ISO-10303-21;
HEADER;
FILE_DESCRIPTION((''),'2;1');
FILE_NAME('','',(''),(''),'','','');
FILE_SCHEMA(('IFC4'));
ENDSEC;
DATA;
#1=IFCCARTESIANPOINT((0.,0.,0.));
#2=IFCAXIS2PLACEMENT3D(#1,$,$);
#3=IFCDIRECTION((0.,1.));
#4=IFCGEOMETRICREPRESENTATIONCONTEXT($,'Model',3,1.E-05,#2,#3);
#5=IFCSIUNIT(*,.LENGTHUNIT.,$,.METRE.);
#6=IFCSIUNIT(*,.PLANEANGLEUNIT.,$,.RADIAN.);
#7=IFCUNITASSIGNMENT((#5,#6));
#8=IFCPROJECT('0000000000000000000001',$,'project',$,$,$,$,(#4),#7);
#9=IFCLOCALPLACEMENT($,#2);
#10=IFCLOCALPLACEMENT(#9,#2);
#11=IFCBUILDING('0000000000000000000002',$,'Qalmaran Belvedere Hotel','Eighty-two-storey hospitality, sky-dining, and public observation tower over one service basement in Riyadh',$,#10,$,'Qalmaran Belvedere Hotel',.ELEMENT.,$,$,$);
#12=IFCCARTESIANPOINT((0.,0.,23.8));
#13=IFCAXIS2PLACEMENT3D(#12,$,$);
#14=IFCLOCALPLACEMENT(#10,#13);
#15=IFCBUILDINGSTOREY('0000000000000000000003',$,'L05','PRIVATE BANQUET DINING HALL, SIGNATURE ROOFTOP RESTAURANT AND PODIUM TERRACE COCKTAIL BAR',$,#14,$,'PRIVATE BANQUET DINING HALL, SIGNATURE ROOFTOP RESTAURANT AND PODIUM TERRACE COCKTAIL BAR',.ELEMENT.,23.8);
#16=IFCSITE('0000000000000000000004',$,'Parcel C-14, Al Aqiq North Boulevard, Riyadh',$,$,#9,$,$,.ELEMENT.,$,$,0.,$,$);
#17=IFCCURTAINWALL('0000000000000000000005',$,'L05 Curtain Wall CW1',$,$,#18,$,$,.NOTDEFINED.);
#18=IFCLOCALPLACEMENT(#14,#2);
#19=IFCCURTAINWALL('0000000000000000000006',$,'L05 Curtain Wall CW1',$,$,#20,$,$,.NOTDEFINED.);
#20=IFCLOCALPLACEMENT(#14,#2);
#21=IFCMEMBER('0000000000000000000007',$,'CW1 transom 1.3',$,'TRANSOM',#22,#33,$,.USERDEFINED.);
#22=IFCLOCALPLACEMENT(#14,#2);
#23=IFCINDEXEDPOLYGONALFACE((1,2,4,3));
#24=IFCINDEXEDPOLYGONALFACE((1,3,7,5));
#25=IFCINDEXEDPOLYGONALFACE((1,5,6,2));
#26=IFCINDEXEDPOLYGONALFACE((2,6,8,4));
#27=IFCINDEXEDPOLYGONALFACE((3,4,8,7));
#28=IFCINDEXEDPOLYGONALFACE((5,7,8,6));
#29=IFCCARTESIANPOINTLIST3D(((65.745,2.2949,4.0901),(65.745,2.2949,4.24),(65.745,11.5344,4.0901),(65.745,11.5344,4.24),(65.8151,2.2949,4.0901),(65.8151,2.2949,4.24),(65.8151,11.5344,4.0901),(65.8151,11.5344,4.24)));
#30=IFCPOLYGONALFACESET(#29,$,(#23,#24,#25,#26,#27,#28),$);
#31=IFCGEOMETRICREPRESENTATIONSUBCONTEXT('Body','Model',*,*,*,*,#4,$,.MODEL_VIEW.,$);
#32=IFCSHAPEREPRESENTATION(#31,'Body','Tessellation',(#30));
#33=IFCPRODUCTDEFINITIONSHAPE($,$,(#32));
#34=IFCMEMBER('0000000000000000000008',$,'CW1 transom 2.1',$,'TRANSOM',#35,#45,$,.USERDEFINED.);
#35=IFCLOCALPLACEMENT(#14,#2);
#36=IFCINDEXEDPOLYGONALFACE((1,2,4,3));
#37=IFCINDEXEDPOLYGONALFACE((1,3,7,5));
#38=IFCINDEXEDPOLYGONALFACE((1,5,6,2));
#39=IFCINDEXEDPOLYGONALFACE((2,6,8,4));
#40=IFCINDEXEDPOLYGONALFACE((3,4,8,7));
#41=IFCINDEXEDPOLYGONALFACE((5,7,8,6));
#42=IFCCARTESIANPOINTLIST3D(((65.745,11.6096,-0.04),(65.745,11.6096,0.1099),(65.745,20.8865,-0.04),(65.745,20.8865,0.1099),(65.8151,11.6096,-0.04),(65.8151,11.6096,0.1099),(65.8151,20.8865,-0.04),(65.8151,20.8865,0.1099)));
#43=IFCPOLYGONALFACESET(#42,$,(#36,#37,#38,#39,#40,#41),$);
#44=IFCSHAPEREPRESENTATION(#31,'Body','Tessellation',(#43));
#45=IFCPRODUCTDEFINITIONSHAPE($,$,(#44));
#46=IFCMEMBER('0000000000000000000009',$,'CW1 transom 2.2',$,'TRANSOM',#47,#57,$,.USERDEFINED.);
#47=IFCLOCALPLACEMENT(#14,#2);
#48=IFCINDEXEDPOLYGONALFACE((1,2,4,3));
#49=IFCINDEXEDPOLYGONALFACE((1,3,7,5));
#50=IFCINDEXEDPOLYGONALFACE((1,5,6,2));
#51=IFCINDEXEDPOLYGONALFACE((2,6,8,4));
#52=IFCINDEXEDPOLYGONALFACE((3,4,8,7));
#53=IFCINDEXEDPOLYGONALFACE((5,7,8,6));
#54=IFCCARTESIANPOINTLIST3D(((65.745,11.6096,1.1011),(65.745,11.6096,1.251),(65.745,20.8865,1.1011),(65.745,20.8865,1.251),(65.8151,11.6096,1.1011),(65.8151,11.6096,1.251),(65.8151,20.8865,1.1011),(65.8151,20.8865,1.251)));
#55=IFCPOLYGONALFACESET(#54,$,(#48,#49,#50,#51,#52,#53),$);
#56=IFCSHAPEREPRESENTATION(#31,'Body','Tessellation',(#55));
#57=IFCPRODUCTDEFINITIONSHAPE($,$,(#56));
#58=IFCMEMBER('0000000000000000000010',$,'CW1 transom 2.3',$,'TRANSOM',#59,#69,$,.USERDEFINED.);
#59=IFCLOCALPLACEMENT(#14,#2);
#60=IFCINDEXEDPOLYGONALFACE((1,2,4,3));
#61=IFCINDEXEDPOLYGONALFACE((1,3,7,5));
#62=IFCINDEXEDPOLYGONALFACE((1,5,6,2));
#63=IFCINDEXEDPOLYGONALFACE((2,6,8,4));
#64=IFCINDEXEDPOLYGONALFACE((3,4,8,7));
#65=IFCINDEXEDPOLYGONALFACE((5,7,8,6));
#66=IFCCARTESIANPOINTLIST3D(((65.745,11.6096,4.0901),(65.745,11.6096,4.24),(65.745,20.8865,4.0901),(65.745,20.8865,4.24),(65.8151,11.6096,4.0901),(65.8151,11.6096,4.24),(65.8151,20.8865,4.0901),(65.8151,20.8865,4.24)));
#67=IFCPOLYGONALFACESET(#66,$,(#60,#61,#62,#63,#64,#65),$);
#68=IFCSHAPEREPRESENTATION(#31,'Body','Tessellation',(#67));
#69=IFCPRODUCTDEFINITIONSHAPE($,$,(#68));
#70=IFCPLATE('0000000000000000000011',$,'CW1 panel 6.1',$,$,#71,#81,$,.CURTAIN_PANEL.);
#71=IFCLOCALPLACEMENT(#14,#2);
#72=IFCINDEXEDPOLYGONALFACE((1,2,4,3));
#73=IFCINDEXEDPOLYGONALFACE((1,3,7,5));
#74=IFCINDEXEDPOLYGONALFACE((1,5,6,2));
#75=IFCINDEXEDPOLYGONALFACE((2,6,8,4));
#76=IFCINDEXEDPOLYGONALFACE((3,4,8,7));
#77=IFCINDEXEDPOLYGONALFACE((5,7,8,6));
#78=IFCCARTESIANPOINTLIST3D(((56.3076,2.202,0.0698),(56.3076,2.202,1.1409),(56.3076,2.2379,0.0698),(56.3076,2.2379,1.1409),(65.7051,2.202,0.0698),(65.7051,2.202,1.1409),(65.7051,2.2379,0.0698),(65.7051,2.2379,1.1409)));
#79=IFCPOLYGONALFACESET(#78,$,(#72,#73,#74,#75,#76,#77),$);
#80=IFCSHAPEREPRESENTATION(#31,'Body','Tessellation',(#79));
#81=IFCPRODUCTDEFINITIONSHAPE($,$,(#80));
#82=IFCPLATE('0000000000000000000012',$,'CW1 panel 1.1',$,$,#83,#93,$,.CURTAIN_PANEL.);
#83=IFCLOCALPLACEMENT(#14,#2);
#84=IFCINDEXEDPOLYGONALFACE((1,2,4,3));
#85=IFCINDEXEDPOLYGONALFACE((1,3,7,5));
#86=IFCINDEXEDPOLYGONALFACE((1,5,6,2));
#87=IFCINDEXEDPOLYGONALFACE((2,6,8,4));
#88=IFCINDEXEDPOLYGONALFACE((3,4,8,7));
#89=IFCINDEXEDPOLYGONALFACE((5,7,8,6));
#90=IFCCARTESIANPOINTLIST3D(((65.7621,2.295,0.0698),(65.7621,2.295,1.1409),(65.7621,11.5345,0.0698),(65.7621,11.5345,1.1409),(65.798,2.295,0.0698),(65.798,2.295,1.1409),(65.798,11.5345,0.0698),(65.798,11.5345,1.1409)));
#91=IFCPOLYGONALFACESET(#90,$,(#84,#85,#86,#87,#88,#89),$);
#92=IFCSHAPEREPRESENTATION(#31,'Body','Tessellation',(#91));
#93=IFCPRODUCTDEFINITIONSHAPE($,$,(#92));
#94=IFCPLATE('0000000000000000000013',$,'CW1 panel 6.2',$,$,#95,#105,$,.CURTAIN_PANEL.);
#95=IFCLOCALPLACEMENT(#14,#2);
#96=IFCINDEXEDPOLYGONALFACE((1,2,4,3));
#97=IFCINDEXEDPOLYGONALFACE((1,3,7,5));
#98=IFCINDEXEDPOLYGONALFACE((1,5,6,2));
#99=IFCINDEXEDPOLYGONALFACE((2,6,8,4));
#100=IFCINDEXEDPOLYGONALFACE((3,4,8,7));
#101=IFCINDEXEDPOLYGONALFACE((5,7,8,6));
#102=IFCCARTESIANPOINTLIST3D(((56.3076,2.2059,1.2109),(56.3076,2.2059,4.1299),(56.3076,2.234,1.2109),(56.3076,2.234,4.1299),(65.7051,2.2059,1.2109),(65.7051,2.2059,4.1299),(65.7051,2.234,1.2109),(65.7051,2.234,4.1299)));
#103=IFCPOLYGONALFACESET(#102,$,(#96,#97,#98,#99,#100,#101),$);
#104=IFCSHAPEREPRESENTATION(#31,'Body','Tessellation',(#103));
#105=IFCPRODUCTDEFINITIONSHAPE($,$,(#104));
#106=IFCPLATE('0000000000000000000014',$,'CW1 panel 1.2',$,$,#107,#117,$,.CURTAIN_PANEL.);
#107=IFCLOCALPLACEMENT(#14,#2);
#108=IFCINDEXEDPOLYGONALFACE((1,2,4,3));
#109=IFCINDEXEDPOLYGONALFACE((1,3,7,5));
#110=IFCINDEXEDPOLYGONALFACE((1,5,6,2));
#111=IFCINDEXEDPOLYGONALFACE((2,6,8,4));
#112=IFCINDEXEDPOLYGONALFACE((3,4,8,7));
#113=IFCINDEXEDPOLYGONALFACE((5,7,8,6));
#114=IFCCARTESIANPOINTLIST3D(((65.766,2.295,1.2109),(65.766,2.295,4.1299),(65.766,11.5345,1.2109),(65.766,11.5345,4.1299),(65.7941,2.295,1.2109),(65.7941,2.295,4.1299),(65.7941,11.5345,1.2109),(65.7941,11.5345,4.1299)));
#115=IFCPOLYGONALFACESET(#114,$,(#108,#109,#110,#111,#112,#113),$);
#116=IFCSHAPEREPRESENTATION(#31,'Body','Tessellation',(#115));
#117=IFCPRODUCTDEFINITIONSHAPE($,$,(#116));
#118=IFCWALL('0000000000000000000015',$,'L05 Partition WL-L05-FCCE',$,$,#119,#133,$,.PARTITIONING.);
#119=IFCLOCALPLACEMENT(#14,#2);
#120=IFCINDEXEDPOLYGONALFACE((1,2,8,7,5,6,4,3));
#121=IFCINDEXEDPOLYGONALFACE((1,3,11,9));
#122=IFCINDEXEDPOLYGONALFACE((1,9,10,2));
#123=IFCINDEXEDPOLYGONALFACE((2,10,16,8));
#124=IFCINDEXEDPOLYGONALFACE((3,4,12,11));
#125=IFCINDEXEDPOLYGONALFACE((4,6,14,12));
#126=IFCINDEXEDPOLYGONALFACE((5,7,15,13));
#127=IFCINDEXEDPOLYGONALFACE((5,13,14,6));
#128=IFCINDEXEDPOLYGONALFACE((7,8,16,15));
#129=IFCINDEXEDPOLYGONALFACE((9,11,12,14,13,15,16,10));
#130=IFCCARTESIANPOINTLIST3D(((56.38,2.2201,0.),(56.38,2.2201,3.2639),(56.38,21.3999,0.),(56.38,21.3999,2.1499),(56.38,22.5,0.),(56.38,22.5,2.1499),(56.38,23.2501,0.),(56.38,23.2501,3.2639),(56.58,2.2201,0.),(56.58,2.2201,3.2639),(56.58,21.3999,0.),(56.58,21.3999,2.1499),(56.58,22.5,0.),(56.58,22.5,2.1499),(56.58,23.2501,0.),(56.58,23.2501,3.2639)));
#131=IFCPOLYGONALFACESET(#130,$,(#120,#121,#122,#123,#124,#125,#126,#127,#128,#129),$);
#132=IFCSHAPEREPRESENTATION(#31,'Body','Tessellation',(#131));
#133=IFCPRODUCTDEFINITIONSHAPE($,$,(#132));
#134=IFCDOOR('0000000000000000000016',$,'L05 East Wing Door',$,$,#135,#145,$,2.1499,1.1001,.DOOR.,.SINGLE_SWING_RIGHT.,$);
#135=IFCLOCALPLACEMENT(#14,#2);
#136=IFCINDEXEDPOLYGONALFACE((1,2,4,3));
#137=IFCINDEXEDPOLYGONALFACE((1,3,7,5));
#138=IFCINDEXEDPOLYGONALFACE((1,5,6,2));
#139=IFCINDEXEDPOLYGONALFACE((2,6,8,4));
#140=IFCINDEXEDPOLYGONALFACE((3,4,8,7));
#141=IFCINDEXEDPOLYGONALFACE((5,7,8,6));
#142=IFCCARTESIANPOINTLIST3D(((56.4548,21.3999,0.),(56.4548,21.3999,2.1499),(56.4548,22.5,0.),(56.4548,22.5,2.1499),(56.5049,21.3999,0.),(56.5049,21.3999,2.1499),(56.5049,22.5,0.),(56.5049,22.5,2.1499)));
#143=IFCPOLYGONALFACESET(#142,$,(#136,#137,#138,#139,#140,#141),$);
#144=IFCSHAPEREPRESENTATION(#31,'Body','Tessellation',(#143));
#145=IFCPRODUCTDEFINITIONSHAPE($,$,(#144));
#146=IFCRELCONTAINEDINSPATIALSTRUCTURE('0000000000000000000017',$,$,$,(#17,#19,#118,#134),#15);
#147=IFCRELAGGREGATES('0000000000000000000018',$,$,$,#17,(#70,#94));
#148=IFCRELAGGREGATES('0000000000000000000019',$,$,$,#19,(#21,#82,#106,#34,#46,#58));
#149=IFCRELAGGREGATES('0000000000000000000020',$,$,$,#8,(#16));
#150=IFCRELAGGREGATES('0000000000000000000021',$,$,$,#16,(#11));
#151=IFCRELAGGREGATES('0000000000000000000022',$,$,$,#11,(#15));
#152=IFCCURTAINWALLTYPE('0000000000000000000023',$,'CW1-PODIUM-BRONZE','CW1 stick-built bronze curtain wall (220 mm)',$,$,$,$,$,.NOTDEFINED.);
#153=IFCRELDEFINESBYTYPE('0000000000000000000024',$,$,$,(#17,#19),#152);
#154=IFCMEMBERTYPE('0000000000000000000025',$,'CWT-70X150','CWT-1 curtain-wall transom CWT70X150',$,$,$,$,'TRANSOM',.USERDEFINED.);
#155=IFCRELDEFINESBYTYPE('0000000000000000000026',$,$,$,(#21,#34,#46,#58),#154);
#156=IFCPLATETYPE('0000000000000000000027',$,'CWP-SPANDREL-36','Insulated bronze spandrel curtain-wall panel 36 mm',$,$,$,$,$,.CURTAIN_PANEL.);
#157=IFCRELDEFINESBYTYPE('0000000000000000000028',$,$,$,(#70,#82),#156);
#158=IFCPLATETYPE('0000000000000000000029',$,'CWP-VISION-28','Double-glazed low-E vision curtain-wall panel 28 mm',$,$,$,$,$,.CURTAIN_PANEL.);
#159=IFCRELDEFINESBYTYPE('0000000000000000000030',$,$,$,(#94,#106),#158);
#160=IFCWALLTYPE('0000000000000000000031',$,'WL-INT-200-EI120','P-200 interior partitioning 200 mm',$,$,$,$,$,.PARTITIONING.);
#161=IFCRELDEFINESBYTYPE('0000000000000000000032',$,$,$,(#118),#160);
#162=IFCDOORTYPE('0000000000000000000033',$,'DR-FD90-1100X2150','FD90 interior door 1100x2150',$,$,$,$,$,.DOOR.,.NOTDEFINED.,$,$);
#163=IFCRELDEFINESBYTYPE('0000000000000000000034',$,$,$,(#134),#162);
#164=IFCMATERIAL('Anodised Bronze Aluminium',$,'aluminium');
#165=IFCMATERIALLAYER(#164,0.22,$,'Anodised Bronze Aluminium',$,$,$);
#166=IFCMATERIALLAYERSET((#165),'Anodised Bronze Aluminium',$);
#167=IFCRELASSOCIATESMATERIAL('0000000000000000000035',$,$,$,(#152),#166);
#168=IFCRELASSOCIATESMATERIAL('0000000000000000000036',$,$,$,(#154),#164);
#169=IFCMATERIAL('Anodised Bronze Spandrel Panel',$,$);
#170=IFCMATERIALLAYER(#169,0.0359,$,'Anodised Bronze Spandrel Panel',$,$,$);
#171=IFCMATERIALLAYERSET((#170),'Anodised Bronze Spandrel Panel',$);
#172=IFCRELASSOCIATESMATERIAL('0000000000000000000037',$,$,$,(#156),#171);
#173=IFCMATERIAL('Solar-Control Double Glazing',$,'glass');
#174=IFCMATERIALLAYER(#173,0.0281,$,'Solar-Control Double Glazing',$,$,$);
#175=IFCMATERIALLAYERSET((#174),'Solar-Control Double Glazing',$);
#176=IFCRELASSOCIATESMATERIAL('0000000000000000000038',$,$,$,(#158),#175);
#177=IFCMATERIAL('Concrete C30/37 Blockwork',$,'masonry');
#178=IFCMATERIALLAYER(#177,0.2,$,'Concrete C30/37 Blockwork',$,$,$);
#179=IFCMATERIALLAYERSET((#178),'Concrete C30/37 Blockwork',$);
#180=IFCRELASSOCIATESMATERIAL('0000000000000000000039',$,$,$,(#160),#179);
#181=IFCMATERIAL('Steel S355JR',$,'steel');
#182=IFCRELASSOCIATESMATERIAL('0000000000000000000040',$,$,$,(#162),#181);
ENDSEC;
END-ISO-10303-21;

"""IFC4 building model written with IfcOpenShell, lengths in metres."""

from ifc_helpers import new_model, si_unit, direction, frame, frame_2d, origin, origin_2d, place, context, subcontext, project, spatial, rectangle, extrude, material, layer, layer_set, material_profile, profile_set, type_object, element, fill, aggregate, save


model = new_model("IFC4")

# Units and contexts
model_context = context("Model", 3, precision=1e-05, world=origin(), true_north=direction((0.0, 1.0)))
body_context = subcontext(model_context, "Body", "Model", "MODEL_VIEW")
ifc_project = project(units=[si_unit("LENGTHUNIT", "METRE"), si_unit("PLANEANGLEUNIT", "RADIAN")], contexts=[model_context])

# Site, building, storey
site_placement = place(None, origin())
site = spatial("IfcSite", under=ifc_project, at=site_placement, Name="Parcel C-14, Al Aqiq North Boulevard, Riyadh", CompositionType="ELEMENT", RefElevation=0.0)
building_placement = place(site_placement, origin())
building = spatial("IfcBuilding", under=site, at=building_placement, Name="Qalmaran Belvedere Hotel", Description="Eighty-two-storey hospitality, sky-dining, and public observation tower over one service basement in Riyadh", LongName="Qalmaran Belvedere Hotel", CompositionType="ELEMENT")
storey_placement = place(building_placement, frame((0.0, 0.0, 23.8)))
storey = spatial("IfcBuildingStorey", under=building, at=storey_placement, Name="L05", Description="PRIVATE BANQUET DINING HALL, SIGNATURE ROOFTOP RESTAURANT AND PODIUM TERRACE COCKTAIL BAR", LongName="PRIVATE BANQUET DINING HALL, SIGNATURE ROOFTOP RESTAURANT AND PODIUM TERRACE COCKTAIL BAR", CompositionType="ELEMENT", Elevation=23.8)

# Shared definitions
ifc_material_1 = material(Name="Steel S355JR", Category="steel")

# Curtain walls
ifc_material_2 = material(Name="Anodised Bronze Aluminium", Category="aluminium")
ifc_layer_1 = layer(ifc_material_2, 0.22, Name="Anodised Bronze Aluminium")
ifc_layer_set_1 = layer_set([ifc_layer_1], Name="Anodised Bronze Aluminium")
curtain_wall_type = type_object("IfcCurtainWallType", Name="CW1-PODIUM-BRONZE", Description="CW1 stick-built bronze curtain wall (220 mm)", PredefinedType="NOTDEFINED", material=ifc_layer_set_1)
curtain_wall_1_placement = place(storey_placement, origin())
curtain_wall_1 = element("IfcCurtainWall", 1, at=curtain_wall_1_placement, inside=storey, type_object=curtain_wall_type, Name="L05 Curtain Wall CW1", PredefinedType="NOTDEFINED")
curtain_wall_2_placement = place(storey_placement, origin())
curtain_wall_2 = element("IfcCurtainWall", 2, at=curtain_wall_2_placement, inside=storey, type_object=curtain_wall_type, Name="L05 Curtain Wall CW1", PredefinedType="NOTDEFINED")

# Members
ifc_material_profile_1 = material_profile(ifc_material_2, rectangle(XDim=0.0701, YDim=0.1499, at=origin_2d()), Name="CWT70X150")
ifc_profile_set_1 = profile_set([ifc_material_profile_1], Name="Anodised Bronze Aluminium")
member_type_1 = type_object("IfcMemberType", Name="CWT-70X150", Description="CWT-1 curtain-wall transom CWT70X150", ElementType="TRANSOM", PredefinedType="USERDEFINED", material=ifc_profile_set_1)
member_1_placement = place(storey_placement, frame((65.78, 2.2949, 4.165), z_axis=(0.0, 1.0, 0.0), x_axis=(-1.0, 0.0, 0.0)))
member_1 = element("IfcMember", 3, at=member_1_placement, type_object=member_type_1, Name="CW1 transom 1.3", ObjectType="TRANSOM", PredefinedType="USERDEFINED", context=body_context, shape_type="SweptSolid", body=[
    extrude(rectangle(XDim=0.0701, YDim=0.1499, at=origin_2d()), origin(), (0.0, 0.0, 1.0), 9.2395),
])
member_2_placement = place(storey_placement, frame((65.78, 11.6096, 0.0349), z_axis=(0.0, 1.0, 0.0), x_axis=(-1.0, 0.0, 0.0)))
member_2 = element("IfcMember", 4, at=member_2_placement, type_object=member_type_1, Name="CW1 transom 2.1", ObjectType="TRANSOM", PredefinedType="USERDEFINED", context=body_context, shape_type="SweptSolid", body=[
    extrude(rectangle(XDim=0.0701, YDim=0.1499, at=origin_2d()), origin(), (0.0, 0.0, 1.0), 9.2769),
])
member_3_placement = place(storey_placement, frame((65.78, 11.6096, 1.176), z_axis=(0.0, 1.0, 0.0), x_axis=(-1.0, 0.0, 0.0)))
member_3 = element("IfcMember", 5, at=member_3_placement, type_object=member_type_1, Name="CW1 transom 2.2", ObjectType="TRANSOM", PredefinedType="USERDEFINED", context=body_context, shape_type="SweptSolid", body=[
    extrude(rectangle(XDim=0.0701, YDim=0.1499, at=origin_2d()), origin(), (0.0, 0.0, 1.0), 9.2769),
])
member_4_placement = place(storey_placement, frame((65.78, 11.6096, 4.165), z_axis=(0.0, 1.0, 0.0), x_axis=(-1.0, 0.0, 0.0)))
member_4 = element("IfcMember", 6, at=member_4_placement, type_object=member_type_1, Name="CW1 transom 2.3", ObjectType="TRANSOM", PredefinedType="USERDEFINED", context=body_context, shape_type="SweptSolid", body=[
    extrude(rectangle(XDim=0.0701, YDim=0.1499, at=origin_2d()), origin(), (0.0, 0.0, 1.0), 9.2769),
])

# Plates
ifc_material_3 = material(Name="Anodised Bronze Spandrel Panel")
ifc_layer_2 = layer(ifc_material_3, 0.0359, Name="Anodised Bronze Spandrel Panel")
ifc_layer_set_2 = layer_set([ifc_layer_2], Name="Anodised Bronze Spandrel Panel")
plate_type_1 = type_object("IfcPlateType", Name="CWP-SPANDREL-36", Description="Insulated bronze spandrel curtain-wall panel 36 mm", PredefinedType="CURTAIN_PANEL", material=ifc_layer_set_2)
plate_1_placement = place(storey_placement, frame((61.0063, 2.22, 0.0698), z_axis=(0.0, 0.0, 1.0), x_axis=(1.0, 0.0, 0.0)))
plate_1 = element("IfcPlate", 7, at=plate_1_placement, type_object=plate_type_1, Name="CW1 panel 6.1", PredefinedType="CURTAIN_PANEL", context=body_context, shape_type="SweptSolid", body=[
    extrude(rectangle(XDim=9.3975, YDim=0.0359, at=origin_2d()), origin(), (0.0, 0.0, 1.0), 1.071),
])
plate_2_placement = place(storey_placement, frame((65.78, 6.9148, 0.0698), z_axis=(0.0, 0.0, 1.0), x_axis=(0.0, 1.0, 0.0)))
plate_2 = element("IfcPlate", 8, at=plate_2_placement, type_object=plate_type_1, Name="CW1 panel 1.1", PredefinedType="CURTAIN_PANEL", context=body_context, shape_type="SweptSolid", body=[
    extrude(rectangle(XDim=9.2395, YDim=0.0359, at=origin_2d()), origin(), (0.0, 0.0, 1.0), 1.071),
])
ifc_material_4 = material(Name="Solar-Control Double Glazing", Category="glass")
ifc_layer_3 = layer(ifc_material_4, 0.0281, Name="Solar-Control Double Glazing")
ifc_layer_set_3 = layer_set([ifc_layer_3], Name="Solar-Control Double Glazing")
plate_type_2 = type_object("IfcPlateType", Name="CWP-VISION-28", Description="Double-glazed low-E vision curtain-wall panel 28 mm", PredefinedType="CURTAIN_PANEL", material=ifc_layer_set_3)
plate_3_placement = place(storey_placement, frame((61.0063, 2.22, 1.2109), z_axis=(0.0, 0.0, 1.0), x_axis=(1.0, 0.0, 0.0)))
plate_3 = element("IfcPlate", 9, at=plate_3_placement, type_object=plate_type_2, Name="CW1 panel 6.2", PredefinedType="CURTAIN_PANEL", context=body_context, shape_type="SweptSolid", body=[
    extrude(rectangle(XDim=9.3975, YDim=0.0281, at=origin_2d()), origin(), (0.0, 0.0, 1.0), 2.9189),
])
aggregate(curtain_wall_1, [plate_1, plate_3])
plate_4_placement = place(storey_placement, frame((65.78, 6.9148, 1.2109), z_axis=(0.0, 0.0, 1.0), x_axis=(0.0, 1.0, 0.0)))
plate_4 = element("IfcPlate", 10, at=plate_4_placement, type_object=plate_type_2, Name="CW1 panel 1.2", PredefinedType="CURTAIN_PANEL", context=body_context, shape_type="SweptSolid", body=[
    extrude(rectangle(XDim=9.2395, YDim=0.0281, at=origin_2d()), origin(), (0.0, 0.0, 1.0), 2.9189),
])
aggregate(curtain_wall_2, [member_1, plate_2, plate_4, member_2, member_3, member_4])

# Wall, opening, door
ifc_material_5 = material(Name="Concrete C30/37 Blockwork", Category="masonry")
ifc_layer_4 = layer(ifc_material_5, 0.2, Name="Concrete C30/37 Blockwork")
ifc_layer_set_4 = layer_set([ifc_layer_4], Name="Concrete C30/37 Blockwork")
wall_type = type_object("IfcWallType", Name="WL-INT-200-EI120", Description="P-200 interior partitioning 200 mm", PredefinedType="PARTITIONING", material=ifc_layer_set_4)
wall_placement = place(storey_placement, frame((56.48, 2.22, 0.0), z_axis=(0.0, 0.0, 1.0), x_axis=(0.0, 1.0, 0.0)))
wall = element("IfcWall", 11, at=wall_placement, inside=storey, type_object=wall_type, Name="L05 Partition WL-L05-FCCE", PredefinedType="PARTITIONING", context=body_context, shape_type="SweptSolid", body=[
    extrude(rectangle(XDim=21.03, YDim=0.2, at=frame_2d((10.5151, 0.0))), origin(), (0.0, 0.0, 1.0), 3.2639),
])
opening_placement = place(wall_placement, frame((20.28, 0.0, 0.0), z_axis=(0.0, 0.0, 1.0), x_axis=(-1.0, 0.0, 0.0)))
opening = element("IfcOpeningElement", 12, at=opening_placement, cuts=wall, PredefinedType="OPENING", context=body_context, shape_type="SweptSolid", body=[
    extrude(rectangle(XDim=1.1001, YDim=2.1499, at=frame_2d((0.55, 1.075))), frame((0.0, 0.1099, 0.0), z_axis=(0.0, -1.0, 0.0), x_axis=(1.0, 0.0, 0.0)), (0.0, 0.0, 1.0), 0.22),
])
door_type = type_object("IfcDoorType", Name="DR-FD90-1100X2150", Description="FD90 interior door 1100x2150", OperationType="NOTDEFINED", PredefinedType="DOOR", material=ifc_material_1)
door_placement = place(opening_placement, origin())
door = element("IfcDoor", 13, at=door_placement, inside=storey, type_object=door_type, Name="L05 East Wing Door", OperationType="SINGLE_SWING_RIGHT", OverallHeight=2.1499, OverallWidth=1.1001, PredefinedType="DOOR", context=body_context, shape_type="SweptSolid", body=[
    extrude(rectangle(XDim=1.1001, YDim=2.1499, at=frame_2d((0.55, 1.075))), frame((0.0, 0.0249, 0.0), z_axis=(0.0, -1.0, 0.0), x_axis=(1.0, 0.0, 0.0)), (0.0, 0.0, 1.0), 0.05),
])
fill(opening, door)

save(model, "model.ifc")
